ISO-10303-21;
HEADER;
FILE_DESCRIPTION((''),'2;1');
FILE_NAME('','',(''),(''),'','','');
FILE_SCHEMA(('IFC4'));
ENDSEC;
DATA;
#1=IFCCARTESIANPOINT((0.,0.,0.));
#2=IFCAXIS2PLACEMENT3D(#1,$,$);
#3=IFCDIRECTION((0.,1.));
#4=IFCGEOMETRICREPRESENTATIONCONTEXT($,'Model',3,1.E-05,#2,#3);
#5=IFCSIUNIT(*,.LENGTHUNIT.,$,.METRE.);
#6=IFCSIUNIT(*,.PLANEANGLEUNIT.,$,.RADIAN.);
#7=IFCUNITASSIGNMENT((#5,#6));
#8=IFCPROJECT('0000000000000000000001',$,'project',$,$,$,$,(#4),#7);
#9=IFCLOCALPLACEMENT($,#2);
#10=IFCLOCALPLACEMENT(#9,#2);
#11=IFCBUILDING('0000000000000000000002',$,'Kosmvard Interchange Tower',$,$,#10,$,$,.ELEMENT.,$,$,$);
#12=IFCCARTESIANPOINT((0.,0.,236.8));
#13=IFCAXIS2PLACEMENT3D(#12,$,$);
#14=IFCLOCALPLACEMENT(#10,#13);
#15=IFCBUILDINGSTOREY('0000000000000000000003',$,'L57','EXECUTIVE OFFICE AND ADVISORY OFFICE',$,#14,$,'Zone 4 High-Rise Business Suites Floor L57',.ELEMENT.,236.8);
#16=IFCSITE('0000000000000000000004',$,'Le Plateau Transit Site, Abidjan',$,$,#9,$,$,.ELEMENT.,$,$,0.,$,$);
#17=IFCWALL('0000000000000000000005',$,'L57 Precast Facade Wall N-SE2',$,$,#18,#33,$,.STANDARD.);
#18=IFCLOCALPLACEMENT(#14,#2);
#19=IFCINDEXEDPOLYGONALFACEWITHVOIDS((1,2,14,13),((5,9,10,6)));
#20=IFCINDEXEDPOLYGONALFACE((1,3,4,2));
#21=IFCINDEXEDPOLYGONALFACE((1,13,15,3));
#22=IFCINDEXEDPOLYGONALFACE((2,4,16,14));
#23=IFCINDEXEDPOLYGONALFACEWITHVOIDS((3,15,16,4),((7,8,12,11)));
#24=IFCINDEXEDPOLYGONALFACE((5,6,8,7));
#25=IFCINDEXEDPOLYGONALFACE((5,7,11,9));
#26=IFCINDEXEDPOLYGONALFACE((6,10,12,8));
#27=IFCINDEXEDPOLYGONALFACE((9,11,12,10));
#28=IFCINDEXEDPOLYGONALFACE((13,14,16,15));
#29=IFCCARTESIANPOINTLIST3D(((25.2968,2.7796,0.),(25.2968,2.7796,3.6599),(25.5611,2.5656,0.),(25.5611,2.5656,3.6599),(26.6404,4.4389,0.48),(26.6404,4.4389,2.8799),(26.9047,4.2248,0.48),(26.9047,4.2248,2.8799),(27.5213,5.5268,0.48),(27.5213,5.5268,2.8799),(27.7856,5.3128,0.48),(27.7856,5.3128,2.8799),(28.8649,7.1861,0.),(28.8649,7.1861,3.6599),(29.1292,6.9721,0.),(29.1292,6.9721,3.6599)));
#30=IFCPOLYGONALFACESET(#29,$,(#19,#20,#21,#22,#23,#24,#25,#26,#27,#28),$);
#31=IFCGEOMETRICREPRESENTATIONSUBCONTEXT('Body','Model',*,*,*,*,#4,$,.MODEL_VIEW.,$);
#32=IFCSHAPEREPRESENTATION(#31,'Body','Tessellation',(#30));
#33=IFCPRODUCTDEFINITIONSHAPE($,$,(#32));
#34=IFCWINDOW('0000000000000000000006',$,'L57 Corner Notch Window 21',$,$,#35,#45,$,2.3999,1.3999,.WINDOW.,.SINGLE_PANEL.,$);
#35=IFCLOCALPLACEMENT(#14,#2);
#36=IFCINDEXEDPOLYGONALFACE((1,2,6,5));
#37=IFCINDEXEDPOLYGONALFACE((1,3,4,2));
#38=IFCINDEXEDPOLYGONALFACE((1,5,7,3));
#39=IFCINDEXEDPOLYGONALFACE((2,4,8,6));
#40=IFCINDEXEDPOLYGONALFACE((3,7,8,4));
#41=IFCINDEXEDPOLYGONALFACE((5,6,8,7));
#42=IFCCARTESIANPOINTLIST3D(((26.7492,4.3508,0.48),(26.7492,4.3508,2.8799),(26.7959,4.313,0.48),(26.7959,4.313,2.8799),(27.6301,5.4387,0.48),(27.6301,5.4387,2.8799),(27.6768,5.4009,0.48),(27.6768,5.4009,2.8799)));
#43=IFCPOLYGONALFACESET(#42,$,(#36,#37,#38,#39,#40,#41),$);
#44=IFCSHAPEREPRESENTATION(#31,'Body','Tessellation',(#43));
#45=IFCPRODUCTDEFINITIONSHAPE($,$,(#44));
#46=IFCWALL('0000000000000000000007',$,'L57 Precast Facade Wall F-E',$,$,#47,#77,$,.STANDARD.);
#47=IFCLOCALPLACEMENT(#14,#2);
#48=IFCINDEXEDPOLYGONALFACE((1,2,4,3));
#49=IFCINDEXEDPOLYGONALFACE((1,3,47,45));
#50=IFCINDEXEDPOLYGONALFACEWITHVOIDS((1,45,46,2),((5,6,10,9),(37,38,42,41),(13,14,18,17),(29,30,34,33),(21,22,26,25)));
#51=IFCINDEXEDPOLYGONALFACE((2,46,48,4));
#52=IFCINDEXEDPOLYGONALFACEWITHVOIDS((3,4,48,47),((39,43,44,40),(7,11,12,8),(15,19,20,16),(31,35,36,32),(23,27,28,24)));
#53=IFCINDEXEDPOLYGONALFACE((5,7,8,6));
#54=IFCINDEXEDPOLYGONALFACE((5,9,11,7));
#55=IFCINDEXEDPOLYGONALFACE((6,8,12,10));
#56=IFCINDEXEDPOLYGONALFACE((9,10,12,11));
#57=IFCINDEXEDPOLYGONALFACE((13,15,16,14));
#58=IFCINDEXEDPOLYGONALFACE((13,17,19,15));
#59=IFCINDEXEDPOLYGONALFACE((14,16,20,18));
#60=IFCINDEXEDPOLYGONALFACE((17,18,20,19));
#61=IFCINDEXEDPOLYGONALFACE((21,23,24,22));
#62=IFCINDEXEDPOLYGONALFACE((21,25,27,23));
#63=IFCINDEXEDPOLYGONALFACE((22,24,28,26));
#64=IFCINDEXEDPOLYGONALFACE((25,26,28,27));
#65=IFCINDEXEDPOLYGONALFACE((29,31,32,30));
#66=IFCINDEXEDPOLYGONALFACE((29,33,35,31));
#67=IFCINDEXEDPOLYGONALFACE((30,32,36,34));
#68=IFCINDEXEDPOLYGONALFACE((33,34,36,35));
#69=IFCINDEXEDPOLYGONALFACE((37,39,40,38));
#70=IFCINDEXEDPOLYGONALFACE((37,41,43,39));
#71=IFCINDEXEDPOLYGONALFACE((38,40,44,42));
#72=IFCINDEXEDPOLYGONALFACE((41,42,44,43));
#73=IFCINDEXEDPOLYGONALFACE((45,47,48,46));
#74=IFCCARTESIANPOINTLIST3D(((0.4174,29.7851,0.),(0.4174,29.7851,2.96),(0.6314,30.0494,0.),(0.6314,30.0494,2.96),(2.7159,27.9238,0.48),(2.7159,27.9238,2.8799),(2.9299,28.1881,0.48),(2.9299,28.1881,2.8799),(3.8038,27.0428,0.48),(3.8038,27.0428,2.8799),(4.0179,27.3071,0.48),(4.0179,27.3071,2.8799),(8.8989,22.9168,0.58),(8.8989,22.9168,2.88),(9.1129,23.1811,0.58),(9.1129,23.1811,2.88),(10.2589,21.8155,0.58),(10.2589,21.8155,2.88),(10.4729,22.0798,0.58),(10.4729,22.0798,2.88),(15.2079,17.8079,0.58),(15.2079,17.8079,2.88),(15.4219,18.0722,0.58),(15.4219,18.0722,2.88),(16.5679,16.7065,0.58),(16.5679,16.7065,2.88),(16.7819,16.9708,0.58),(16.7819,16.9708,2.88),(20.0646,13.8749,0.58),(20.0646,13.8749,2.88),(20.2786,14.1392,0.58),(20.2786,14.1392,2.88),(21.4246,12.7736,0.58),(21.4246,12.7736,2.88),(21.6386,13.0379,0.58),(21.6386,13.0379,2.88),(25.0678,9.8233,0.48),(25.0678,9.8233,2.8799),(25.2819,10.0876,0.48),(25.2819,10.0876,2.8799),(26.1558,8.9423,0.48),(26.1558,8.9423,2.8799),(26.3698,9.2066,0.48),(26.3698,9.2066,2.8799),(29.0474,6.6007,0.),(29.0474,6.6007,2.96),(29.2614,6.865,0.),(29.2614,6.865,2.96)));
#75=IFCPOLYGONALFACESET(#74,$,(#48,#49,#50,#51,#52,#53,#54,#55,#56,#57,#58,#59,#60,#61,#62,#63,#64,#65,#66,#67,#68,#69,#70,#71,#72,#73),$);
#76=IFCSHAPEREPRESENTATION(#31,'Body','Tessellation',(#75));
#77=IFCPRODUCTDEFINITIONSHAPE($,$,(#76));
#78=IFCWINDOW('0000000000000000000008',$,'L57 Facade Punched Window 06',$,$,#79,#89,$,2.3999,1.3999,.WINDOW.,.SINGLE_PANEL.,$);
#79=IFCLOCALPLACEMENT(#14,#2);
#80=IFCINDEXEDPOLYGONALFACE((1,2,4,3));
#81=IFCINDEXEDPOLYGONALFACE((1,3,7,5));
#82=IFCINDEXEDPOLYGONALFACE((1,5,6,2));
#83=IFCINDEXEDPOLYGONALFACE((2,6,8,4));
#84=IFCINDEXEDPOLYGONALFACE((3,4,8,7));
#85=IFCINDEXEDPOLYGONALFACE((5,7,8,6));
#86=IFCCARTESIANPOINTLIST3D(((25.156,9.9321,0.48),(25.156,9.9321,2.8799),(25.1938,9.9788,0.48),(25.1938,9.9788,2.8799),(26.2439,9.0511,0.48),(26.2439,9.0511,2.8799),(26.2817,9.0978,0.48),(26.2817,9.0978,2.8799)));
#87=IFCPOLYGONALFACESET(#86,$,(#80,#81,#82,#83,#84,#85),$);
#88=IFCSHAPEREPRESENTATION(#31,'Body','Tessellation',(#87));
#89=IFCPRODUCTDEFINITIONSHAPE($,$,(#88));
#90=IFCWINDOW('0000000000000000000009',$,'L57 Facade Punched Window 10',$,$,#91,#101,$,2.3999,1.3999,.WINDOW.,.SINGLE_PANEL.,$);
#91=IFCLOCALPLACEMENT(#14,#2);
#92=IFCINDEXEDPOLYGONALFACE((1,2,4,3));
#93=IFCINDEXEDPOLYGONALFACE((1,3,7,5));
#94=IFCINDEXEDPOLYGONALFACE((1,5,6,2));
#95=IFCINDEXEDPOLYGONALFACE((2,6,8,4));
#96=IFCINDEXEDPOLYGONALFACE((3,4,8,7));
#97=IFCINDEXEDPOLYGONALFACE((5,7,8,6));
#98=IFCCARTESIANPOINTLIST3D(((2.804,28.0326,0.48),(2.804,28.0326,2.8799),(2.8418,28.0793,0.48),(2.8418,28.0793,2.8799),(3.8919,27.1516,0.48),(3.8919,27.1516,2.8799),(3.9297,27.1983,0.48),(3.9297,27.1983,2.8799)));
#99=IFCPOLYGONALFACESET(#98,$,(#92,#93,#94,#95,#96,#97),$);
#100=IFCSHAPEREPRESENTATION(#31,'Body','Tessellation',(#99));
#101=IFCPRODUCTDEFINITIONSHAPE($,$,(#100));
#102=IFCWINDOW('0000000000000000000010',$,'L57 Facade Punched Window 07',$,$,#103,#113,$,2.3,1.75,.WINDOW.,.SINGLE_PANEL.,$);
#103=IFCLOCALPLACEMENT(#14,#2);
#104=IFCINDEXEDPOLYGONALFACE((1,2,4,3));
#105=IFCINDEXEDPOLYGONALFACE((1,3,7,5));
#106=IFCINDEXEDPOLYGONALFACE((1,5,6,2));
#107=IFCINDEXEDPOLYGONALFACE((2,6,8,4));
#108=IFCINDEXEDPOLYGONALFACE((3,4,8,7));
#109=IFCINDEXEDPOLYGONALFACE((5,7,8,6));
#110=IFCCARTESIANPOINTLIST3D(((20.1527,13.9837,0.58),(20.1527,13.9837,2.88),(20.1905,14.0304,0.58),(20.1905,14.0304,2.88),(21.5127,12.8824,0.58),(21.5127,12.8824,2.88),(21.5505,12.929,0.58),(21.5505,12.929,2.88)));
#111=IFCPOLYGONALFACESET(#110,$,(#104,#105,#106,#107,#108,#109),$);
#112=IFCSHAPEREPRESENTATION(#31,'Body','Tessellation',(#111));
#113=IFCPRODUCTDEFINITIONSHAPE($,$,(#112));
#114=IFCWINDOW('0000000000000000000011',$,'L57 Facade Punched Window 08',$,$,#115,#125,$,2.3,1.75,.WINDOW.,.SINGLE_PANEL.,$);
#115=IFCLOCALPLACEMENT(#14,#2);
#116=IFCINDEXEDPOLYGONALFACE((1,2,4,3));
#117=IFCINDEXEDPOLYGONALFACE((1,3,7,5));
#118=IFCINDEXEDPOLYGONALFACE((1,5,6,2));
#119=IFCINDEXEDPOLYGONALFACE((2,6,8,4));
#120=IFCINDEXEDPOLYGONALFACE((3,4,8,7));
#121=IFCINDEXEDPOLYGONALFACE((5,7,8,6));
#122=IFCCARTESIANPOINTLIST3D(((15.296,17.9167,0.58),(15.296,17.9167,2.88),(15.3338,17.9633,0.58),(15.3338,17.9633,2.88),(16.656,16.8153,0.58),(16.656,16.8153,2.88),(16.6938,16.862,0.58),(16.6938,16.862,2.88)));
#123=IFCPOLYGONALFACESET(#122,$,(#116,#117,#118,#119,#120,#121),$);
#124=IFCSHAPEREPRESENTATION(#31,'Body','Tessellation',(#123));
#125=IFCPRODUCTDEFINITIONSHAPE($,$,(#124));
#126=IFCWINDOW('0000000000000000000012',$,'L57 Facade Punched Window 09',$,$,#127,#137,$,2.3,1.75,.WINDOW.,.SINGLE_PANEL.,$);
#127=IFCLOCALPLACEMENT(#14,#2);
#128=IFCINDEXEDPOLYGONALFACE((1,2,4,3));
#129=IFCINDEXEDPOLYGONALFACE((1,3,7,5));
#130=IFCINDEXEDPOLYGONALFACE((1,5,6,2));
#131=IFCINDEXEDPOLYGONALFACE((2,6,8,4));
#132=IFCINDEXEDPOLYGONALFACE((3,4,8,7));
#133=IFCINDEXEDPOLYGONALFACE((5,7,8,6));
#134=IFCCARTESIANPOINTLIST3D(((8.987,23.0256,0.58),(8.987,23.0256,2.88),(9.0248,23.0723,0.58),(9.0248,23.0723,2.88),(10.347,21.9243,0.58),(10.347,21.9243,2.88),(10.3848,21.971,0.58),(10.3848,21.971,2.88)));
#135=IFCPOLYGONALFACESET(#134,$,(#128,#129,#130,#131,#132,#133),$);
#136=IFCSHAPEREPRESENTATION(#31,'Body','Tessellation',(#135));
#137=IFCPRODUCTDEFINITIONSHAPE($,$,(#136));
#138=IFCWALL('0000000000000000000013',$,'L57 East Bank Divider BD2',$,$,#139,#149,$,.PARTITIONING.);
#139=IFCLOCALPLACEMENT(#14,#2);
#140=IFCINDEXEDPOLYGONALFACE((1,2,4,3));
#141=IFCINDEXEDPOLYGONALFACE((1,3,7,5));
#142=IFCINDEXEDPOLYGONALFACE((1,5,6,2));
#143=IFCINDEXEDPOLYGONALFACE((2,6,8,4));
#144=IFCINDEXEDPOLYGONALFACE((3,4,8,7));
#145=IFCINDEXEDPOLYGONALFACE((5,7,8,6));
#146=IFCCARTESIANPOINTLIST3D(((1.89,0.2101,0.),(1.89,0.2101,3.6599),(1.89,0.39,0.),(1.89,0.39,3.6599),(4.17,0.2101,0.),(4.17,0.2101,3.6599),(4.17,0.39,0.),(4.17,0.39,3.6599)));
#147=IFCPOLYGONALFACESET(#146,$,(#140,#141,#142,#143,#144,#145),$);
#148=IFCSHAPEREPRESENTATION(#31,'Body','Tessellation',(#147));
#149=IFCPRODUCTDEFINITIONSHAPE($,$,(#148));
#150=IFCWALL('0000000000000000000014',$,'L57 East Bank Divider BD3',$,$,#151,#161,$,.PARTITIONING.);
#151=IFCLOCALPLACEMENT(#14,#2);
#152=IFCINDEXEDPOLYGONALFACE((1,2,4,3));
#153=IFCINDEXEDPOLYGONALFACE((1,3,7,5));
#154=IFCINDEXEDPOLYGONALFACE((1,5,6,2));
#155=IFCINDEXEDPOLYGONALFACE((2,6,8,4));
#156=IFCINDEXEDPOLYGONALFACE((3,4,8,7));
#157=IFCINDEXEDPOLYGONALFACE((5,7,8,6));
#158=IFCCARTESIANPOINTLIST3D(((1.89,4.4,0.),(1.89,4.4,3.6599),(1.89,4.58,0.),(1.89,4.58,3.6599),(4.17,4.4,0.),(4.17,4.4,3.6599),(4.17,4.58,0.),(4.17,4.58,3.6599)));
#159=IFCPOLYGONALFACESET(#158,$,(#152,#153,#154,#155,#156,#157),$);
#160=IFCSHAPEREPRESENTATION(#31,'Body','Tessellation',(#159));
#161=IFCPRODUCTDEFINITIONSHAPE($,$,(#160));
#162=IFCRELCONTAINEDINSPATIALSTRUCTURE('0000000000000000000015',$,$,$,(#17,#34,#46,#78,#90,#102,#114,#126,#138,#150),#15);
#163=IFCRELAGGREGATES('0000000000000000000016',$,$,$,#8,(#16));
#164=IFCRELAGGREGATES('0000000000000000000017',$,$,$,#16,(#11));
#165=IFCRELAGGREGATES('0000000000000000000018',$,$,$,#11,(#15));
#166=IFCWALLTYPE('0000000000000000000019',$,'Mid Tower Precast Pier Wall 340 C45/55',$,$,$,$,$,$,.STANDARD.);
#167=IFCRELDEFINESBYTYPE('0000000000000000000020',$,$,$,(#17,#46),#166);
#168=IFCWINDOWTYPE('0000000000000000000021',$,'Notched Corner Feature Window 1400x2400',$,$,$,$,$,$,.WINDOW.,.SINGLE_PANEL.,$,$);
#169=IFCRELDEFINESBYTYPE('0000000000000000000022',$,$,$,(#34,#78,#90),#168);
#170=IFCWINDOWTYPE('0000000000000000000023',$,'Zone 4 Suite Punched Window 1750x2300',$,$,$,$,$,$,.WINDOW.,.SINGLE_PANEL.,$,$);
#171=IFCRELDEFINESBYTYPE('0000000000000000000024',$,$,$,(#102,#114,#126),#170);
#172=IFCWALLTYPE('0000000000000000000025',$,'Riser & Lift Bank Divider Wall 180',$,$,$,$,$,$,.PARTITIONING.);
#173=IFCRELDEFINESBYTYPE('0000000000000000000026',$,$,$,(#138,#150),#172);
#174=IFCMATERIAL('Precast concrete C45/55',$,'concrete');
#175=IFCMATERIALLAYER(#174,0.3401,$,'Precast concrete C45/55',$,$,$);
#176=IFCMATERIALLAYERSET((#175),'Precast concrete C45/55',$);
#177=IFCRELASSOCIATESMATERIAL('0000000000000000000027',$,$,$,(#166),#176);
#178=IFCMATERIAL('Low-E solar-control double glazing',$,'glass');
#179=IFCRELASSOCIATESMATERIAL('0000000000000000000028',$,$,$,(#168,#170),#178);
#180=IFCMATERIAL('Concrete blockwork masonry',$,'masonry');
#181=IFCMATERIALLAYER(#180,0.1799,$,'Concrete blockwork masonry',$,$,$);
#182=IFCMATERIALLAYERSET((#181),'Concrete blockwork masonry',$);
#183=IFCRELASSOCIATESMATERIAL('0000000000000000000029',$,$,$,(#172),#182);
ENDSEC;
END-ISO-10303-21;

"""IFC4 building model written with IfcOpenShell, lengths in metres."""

from ifc_helpers import new_model, si_unit, direction, frame, frame_2d, origin, place, context, subcontext, project, spatial, rectangle, extrude, source, transform, mapped, material, layer, layer_set, type_object, element, fill, save


model = new_model("IFC4")

# Units and contexts
model_context = context("Model", 3, precision=1e-05, world=origin(), true_north=direction((0.0, 1.0)))
body_context = subcontext(model_context, "Body", "Model", "MODEL_VIEW")
ifc_project = project(units=[si_unit("LENGTHUNIT", "METRE"), si_unit("PLANEANGLEUNIT", "RADIAN")], contexts=[model_context])

# Site, building, storey
site_placement = place(None, origin())
site = spatial("IfcSite", under=ifc_project, at=site_placement, Name="Le Plateau Transit Site, Abidjan", CompositionType="ELEMENT", RefElevation=0.0)
building_placement = place(site_placement, origin())
building = spatial("IfcBuilding", under=site, at=building_placement, Name="Kosmvard Interchange Tower", CompositionType="ELEMENT")
storey_placement = place(building_placement, frame((0.0, 0.0, 236.8)))
storey = spatial("IfcBuildingStorey", under=building, at=storey_placement, Name="L57", Description="EXECUTIVE OFFICE AND ADVISORY OFFICE", LongName="Zone 4 High-Rise Business Suites Floor L57", CompositionType="ELEMENT", Elevation=236.8)

# Shared definitions
ifc_material_1 = material(Name="Concrete blockwork masonry", Category="masonry")

# Wall, opening, window
ifc_material_2 = material(Name="Precast concrete C45/55", Category="concrete")
ifc_layer_1 = layer(ifc_material_2, 0.3401, Name="Precast concrete C45/55")
ifc_layer_set_1 = layer_set([ifc_layer_1], Name="Precast concrete C45/55")
wall_type_1 = type_object("IfcWallType", Name="Mid Tower Precast Pier Wall 340 C45/55", PredefinedType="STANDARD", material=ifc_layer_set_1)
wall_1_placement = place(storey_placement, frame((25.429, 2.6726, 0.0), z_axis=(0.0, 0.0, 1.0), x_axis=(0.6293, 0.777163, 0.0)))
wall_1 = element("IfcWall", 1, at=wall_1_placement, inside=storey, type_object=wall_type_1, Name="L57 Precast Facade Wall N-SE2", PredefinedType="STANDARD", context=body_context, shape_type="SweptSolid", body=[
    extrude(rectangle(XDim=5.6699, YDim=0.3401, at=frame_2d((2.835, 0.0))), origin(), (0.0, 0.0, 1.0), 3.6599),
])
opening_1_placement = place(wall_1_placement, frame((2.135, 0.0, 0.48)))
opening_1 = element("IfcOpeningElement", 2, at=opening_1_placement, cuts=wall_1, PredefinedType="OPENING", context=body_context, shape_type="SweptSolid", body=[
    extrude(rectangle(XDim=1.3999, YDim=2.3999, at=frame_2d((0.7, 1.2))), frame((0.0, 0.1802, 0.0), z_axis=(0.0, -1.0, 0.0), x_axis=(1.0, 0.0, 0.0)), (0.0, 0.0, 1.0), 0.3601),
])
ifc_material_3 = material(Name="Low-E solar-control double glazing", Category="glass")
window_type_1 = type_object("IfcWindowType", Name="Notched Corner Feature Window 1400x2400", PartitioningType="SINGLE_PANEL", PredefinedType="WINDOW", material=ifc_material_3)
shared_shape_1 = source(origin(), body_context, "Body", "SweptSolid", [
    extrude(rectangle(XDim=1.3999, YDim=2.3999, at=frame_2d((0.7, 1.2))), frame((0.0, 0.03, 0.0), z_axis=(0.0, -1.0, 0.0), x_axis=(1.0, 0.0, 0.0)), (0.0, 0.0, 1.0), 0.0601),
])
window_1_placement = place(opening_1_placement, origin())
window_1 = element("IfcWindow", 3, at=window_1_placement, inside=storey, type_object=window_type_1, Name="L57 Corner Notch Window 21", OverallHeight=2.3999, OverallWidth=1.3999, PartitioningType="SINGLE_PANEL", PredefinedType="WINDOW", context=body_context, shape_type="MappedRepresentation", body=[
    mapped(shared_shape_1, transform((0.0, 0.0, 0.0), scale=1.0)),
])
fill(opening_1, window_1)

# Wall, openings, windows
wall_2_placement = place(storey_placement, frame((29.1543, 6.7329, 0.0), z_axis=(0.0, 0.0, 1.0), x_axis=(-0.777142, 0.629325, 0.0)))
wall_2 = element("IfcWall", 4, at=wall_2_placement, inside=storey, type_object=wall_type_1, Name="L57 Precast Facade Wall F-E", PredefinedType="STANDARD", context=body_context, shape_type="SweptSolid", body=[
    extrude(rectangle(XDim=36.8401, YDim=0.3401, at=frame_2d((18.4199, 0.0))), origin(), (0.0, 0.0, 1.0), 2.96),
])
opening_2_placement = place(wall_2_placement, frame((3.7207, 0.0, 0.48)))
opening_2 = element("IfcOpeningElement", 5, at=opening_2_placement, cuts=wall_2, PredefinedType="OPENING", context=body_context, shape_type="SweptSolid", body=[
    extrude(rectangle(XDim=1.3999, YDim=2.3999, at=frame_2d((0.7, 1.2))), frame((0.0, 0.1802, 0.0), z_axis=(0.0, -1.0, 0.0), x_axis=(1.0, 0.0, 0.0)), (0.0, 0.0, 1.0), 0.3601),
])
opening_3_placement = place(wall_2_placement, frame((9.8086, 0.0, 0.5801)))
opening_3 = element("IfcOpeningElement", 6, at=opening_3_placement, cuts=wall_2, PredefinedType="OPENING", context=body_context, shape_type="SweptSolid", body=[
    extrude(rectangle(XDim=1.75, YDim=2.3, at=frame_2d((0.875, 1.1499))), frame((0.0, 0.1802, 0.0), z_axis=(0.0, -1.0, 0.0), x_axis=(1.0, 0.0, 0.0)), (0.0, 0.0, 1.0), 0.3601),
])
opening_4_placement = place(wall_2_placement, frame((16.0581, 0.0, 0.5801)))
opening_4 = element("IfcOpeningElement", 7, at=opening_4_placement, cuts=wall_2, PredefinedType="OPENING", context=body_context, shape_type="SweptSolid", body=[
    extrude(rectangle(XDim=1.75, YDim=2.3, at=frame_2d((0.875, 1.1499))), frame((0.0, 0.1802, 0.0), z_axis=(0.0, -1.0, 0.0), x_axis=(1.0, 0.0, 0.0)), (0.0, 0.0, 1.0), 0.3601),
])
opening_5_placement = place(wall_2_placement, frame((24.1763, 0.0, 0.5801)))
opening_5 = element("IfcOpeningElement", 8, at=opening_5_placement, cuts=wall_2, PredefinedType="OPENING", context=body_context, shape_type="SweptSolid", body=[
    extrude(rectangle(XDim=1.75, YDim=2.3, at=frame_2d((0.875, 1.1499))), frame((0.0, 0.1802, 0.0), z_axis=(0.0, -1.0, 0.0), x_axis=(1.0, 0.0, 0.0)), (0.0, 0.0, 1.0), 0.3601),
])
opening_6_placement = place(wall_2_placement, frame((32.4824, 0.0, 0.48)))
opening_6 = element("IfcOpeningElement", 9, at=opening_6_placement, cuts=wall_2, PredefinedType="OPENING", context=body_context, shape_type="SweptSolid", body=[
    extrude(rectangle(XDim=1.3999, YDim=2.3999, at=frame_2d((0.7, 1.2))), frame((0.0, 0.1802, 0.0), z_axis=(0.0, -1.0, 0.0), x_axis=(1.0, 0.0, 0.0)), (0.0, 0.0, 1.0), 0.3601),
])
window_2_placement = place(opening_2_placement, origin())
window_2 = element("IfcWindow", 10, at=window_2_placement, inside=storey, type_object=window_type_1, Name="L57 Facade Punched Window 06", OverallHeight=2.3999, OverallWidth=1.3999, PartitioningType="SINGLE_PANEL", PredefinedType="WINDOW", context=body_context, shape_type="MappedRepresentation", body=[
    mapped(shared_shape_1, transform((0.0, 0.0, 0.0), scale=1.0)),
])
fill(opening_2, window_2)
window_3_placement = place(opening_6_placement, origin())
window_3 = element("IfcWindow", 11, at=window_3_placement, inside=storey, type_object=window_type_1, Name="L57 Facade Punched Window 10", OverallHeight=2.3999, OverallWidth=1.3999, PartitioningType="SINGLE_PANEL", PredefinedType="WINDOW", context=body_context, shape_type="MappedRepresentation", body=[
    mapped(shared_shape_1, transform((0.0, 0.0, 0.0), scale=1.0)),
])
fill(opening_6, window_3)
window_type_2 = type_object("IfcWindowType", Name="Zone 4 Suite Punched Window 1750x2300", PartitioningType="SINGLE_PANEL", PredefinedType="WINDOW", material=ifc_material_3)
shared_shape_2 = source(origin(), body_context, "Body", "SweptSolid", [
    extrude(rectangle(XDim=1.75, YDim=2.3, at=frame_2d((0.875, 1.1499))), frame((0.0, 0.03, 0.0), z_axis=(0.0, -1.0, 0.0), x_axis=(1.0, 0.0, 0.0)), (0.0, 0.0, 1.0), 0.0601),
])
window_4_placement = place(opening_3_placement, origin())
window_4 = element("IfcWindow", 12, at=window_4_placement, inside=storey, type_object=window_type_2, Name="L57 Facade Punched Window 07", OverallHeight=2.3, OverallWidth=1.75, PartitioningType="SINGLE_PANEL", PredefinedType="WINDOW", context=body_context, shape_type="MappedRepresentation", body=[
    mapped(shared_shape_2, transform((0.0, 0.0, 0.0), scale=1.0)),
])
fill(opening_3, window_4)
window_5_placement = place(opening_4_placement, origin())
window_5 = element("IfcWindow", 13, at=window_5_placement, inside=storey, type_object=window_type_2, Name="L57 Facade Punched Window 08", OverallHeight=2.3, OverallWidth=1.75, PartitioningType="SINGLE_PANEL", PredefinedType="WINDOW", context=body_context, shape_type="MappedRepresentation", body=[
    mapped(shared_shape_2, transform((0.0, 0.0, 0.0), scale=1.0)),
])
fill(opening_4, window_5)
window_6_placement = place(opening_5_placement, origin())
window_6 = element("IfcWindow", 14, at=window_6_placement, inside=storey, type_object=window_type_2, Name="L57 Facade Punched Window 09", OverallHeight=2.3, OverallWidth=1.75, PartitioningType="SINGLE_PANEL", PredefinedType="WINDOW", context=body_context, shape_type="MappedRepresentation", body=[
    mapped(shared_shape_2, transform((0.0, 0.0, 0.0), scale=1.0)),
])
fill(opening_5, window_6)

# Walls
ifc_layer_2 = layer(ifc_material_1, 0.1799, Name="Concrete blockwork masonry")
ifc_layer_set_2 = layer_set([ifc_layer_2], Name="Concrete blockwork masonry")
wall_type_2 = type_object("IfcWallType", Name="Riser & Lift Bank Divider Wall 180", PredefinedType="PARTITIONING", material=ifc_layer_set_2)
for number, where, z_axis, x_axis, name in (
    (15, (1.8899, 0.3, 0.0), (0.0, 0.0, 1.0), (1.0, 0.0, 0.0), "L57 East Bank Divider BD2"),
    (16, (1.8899, 4.49, 0.0), (0.0, 0.0, 1.0), (1.0, 0.0, 0.0), "L57 East Bank Divider BD3"),
):
    element("IfcWall", number, at=place(storey_placement, frame(where, z_axis=z_axis, x_axis=x_axis)), inside=storey, type_object=wall_type_2, Name=name, PredefinedType="PARTITIONING", context=body_context, shape_type="SweptSolid", body=[
        extrude(rectangle(XDim=2.28, YDim=0.1799, at=frame_2d((1.1401, 0.0))), origin(), (0.0, 0.0, 1.0), 3.6599),
    ])

save(model, "model.ifc")
